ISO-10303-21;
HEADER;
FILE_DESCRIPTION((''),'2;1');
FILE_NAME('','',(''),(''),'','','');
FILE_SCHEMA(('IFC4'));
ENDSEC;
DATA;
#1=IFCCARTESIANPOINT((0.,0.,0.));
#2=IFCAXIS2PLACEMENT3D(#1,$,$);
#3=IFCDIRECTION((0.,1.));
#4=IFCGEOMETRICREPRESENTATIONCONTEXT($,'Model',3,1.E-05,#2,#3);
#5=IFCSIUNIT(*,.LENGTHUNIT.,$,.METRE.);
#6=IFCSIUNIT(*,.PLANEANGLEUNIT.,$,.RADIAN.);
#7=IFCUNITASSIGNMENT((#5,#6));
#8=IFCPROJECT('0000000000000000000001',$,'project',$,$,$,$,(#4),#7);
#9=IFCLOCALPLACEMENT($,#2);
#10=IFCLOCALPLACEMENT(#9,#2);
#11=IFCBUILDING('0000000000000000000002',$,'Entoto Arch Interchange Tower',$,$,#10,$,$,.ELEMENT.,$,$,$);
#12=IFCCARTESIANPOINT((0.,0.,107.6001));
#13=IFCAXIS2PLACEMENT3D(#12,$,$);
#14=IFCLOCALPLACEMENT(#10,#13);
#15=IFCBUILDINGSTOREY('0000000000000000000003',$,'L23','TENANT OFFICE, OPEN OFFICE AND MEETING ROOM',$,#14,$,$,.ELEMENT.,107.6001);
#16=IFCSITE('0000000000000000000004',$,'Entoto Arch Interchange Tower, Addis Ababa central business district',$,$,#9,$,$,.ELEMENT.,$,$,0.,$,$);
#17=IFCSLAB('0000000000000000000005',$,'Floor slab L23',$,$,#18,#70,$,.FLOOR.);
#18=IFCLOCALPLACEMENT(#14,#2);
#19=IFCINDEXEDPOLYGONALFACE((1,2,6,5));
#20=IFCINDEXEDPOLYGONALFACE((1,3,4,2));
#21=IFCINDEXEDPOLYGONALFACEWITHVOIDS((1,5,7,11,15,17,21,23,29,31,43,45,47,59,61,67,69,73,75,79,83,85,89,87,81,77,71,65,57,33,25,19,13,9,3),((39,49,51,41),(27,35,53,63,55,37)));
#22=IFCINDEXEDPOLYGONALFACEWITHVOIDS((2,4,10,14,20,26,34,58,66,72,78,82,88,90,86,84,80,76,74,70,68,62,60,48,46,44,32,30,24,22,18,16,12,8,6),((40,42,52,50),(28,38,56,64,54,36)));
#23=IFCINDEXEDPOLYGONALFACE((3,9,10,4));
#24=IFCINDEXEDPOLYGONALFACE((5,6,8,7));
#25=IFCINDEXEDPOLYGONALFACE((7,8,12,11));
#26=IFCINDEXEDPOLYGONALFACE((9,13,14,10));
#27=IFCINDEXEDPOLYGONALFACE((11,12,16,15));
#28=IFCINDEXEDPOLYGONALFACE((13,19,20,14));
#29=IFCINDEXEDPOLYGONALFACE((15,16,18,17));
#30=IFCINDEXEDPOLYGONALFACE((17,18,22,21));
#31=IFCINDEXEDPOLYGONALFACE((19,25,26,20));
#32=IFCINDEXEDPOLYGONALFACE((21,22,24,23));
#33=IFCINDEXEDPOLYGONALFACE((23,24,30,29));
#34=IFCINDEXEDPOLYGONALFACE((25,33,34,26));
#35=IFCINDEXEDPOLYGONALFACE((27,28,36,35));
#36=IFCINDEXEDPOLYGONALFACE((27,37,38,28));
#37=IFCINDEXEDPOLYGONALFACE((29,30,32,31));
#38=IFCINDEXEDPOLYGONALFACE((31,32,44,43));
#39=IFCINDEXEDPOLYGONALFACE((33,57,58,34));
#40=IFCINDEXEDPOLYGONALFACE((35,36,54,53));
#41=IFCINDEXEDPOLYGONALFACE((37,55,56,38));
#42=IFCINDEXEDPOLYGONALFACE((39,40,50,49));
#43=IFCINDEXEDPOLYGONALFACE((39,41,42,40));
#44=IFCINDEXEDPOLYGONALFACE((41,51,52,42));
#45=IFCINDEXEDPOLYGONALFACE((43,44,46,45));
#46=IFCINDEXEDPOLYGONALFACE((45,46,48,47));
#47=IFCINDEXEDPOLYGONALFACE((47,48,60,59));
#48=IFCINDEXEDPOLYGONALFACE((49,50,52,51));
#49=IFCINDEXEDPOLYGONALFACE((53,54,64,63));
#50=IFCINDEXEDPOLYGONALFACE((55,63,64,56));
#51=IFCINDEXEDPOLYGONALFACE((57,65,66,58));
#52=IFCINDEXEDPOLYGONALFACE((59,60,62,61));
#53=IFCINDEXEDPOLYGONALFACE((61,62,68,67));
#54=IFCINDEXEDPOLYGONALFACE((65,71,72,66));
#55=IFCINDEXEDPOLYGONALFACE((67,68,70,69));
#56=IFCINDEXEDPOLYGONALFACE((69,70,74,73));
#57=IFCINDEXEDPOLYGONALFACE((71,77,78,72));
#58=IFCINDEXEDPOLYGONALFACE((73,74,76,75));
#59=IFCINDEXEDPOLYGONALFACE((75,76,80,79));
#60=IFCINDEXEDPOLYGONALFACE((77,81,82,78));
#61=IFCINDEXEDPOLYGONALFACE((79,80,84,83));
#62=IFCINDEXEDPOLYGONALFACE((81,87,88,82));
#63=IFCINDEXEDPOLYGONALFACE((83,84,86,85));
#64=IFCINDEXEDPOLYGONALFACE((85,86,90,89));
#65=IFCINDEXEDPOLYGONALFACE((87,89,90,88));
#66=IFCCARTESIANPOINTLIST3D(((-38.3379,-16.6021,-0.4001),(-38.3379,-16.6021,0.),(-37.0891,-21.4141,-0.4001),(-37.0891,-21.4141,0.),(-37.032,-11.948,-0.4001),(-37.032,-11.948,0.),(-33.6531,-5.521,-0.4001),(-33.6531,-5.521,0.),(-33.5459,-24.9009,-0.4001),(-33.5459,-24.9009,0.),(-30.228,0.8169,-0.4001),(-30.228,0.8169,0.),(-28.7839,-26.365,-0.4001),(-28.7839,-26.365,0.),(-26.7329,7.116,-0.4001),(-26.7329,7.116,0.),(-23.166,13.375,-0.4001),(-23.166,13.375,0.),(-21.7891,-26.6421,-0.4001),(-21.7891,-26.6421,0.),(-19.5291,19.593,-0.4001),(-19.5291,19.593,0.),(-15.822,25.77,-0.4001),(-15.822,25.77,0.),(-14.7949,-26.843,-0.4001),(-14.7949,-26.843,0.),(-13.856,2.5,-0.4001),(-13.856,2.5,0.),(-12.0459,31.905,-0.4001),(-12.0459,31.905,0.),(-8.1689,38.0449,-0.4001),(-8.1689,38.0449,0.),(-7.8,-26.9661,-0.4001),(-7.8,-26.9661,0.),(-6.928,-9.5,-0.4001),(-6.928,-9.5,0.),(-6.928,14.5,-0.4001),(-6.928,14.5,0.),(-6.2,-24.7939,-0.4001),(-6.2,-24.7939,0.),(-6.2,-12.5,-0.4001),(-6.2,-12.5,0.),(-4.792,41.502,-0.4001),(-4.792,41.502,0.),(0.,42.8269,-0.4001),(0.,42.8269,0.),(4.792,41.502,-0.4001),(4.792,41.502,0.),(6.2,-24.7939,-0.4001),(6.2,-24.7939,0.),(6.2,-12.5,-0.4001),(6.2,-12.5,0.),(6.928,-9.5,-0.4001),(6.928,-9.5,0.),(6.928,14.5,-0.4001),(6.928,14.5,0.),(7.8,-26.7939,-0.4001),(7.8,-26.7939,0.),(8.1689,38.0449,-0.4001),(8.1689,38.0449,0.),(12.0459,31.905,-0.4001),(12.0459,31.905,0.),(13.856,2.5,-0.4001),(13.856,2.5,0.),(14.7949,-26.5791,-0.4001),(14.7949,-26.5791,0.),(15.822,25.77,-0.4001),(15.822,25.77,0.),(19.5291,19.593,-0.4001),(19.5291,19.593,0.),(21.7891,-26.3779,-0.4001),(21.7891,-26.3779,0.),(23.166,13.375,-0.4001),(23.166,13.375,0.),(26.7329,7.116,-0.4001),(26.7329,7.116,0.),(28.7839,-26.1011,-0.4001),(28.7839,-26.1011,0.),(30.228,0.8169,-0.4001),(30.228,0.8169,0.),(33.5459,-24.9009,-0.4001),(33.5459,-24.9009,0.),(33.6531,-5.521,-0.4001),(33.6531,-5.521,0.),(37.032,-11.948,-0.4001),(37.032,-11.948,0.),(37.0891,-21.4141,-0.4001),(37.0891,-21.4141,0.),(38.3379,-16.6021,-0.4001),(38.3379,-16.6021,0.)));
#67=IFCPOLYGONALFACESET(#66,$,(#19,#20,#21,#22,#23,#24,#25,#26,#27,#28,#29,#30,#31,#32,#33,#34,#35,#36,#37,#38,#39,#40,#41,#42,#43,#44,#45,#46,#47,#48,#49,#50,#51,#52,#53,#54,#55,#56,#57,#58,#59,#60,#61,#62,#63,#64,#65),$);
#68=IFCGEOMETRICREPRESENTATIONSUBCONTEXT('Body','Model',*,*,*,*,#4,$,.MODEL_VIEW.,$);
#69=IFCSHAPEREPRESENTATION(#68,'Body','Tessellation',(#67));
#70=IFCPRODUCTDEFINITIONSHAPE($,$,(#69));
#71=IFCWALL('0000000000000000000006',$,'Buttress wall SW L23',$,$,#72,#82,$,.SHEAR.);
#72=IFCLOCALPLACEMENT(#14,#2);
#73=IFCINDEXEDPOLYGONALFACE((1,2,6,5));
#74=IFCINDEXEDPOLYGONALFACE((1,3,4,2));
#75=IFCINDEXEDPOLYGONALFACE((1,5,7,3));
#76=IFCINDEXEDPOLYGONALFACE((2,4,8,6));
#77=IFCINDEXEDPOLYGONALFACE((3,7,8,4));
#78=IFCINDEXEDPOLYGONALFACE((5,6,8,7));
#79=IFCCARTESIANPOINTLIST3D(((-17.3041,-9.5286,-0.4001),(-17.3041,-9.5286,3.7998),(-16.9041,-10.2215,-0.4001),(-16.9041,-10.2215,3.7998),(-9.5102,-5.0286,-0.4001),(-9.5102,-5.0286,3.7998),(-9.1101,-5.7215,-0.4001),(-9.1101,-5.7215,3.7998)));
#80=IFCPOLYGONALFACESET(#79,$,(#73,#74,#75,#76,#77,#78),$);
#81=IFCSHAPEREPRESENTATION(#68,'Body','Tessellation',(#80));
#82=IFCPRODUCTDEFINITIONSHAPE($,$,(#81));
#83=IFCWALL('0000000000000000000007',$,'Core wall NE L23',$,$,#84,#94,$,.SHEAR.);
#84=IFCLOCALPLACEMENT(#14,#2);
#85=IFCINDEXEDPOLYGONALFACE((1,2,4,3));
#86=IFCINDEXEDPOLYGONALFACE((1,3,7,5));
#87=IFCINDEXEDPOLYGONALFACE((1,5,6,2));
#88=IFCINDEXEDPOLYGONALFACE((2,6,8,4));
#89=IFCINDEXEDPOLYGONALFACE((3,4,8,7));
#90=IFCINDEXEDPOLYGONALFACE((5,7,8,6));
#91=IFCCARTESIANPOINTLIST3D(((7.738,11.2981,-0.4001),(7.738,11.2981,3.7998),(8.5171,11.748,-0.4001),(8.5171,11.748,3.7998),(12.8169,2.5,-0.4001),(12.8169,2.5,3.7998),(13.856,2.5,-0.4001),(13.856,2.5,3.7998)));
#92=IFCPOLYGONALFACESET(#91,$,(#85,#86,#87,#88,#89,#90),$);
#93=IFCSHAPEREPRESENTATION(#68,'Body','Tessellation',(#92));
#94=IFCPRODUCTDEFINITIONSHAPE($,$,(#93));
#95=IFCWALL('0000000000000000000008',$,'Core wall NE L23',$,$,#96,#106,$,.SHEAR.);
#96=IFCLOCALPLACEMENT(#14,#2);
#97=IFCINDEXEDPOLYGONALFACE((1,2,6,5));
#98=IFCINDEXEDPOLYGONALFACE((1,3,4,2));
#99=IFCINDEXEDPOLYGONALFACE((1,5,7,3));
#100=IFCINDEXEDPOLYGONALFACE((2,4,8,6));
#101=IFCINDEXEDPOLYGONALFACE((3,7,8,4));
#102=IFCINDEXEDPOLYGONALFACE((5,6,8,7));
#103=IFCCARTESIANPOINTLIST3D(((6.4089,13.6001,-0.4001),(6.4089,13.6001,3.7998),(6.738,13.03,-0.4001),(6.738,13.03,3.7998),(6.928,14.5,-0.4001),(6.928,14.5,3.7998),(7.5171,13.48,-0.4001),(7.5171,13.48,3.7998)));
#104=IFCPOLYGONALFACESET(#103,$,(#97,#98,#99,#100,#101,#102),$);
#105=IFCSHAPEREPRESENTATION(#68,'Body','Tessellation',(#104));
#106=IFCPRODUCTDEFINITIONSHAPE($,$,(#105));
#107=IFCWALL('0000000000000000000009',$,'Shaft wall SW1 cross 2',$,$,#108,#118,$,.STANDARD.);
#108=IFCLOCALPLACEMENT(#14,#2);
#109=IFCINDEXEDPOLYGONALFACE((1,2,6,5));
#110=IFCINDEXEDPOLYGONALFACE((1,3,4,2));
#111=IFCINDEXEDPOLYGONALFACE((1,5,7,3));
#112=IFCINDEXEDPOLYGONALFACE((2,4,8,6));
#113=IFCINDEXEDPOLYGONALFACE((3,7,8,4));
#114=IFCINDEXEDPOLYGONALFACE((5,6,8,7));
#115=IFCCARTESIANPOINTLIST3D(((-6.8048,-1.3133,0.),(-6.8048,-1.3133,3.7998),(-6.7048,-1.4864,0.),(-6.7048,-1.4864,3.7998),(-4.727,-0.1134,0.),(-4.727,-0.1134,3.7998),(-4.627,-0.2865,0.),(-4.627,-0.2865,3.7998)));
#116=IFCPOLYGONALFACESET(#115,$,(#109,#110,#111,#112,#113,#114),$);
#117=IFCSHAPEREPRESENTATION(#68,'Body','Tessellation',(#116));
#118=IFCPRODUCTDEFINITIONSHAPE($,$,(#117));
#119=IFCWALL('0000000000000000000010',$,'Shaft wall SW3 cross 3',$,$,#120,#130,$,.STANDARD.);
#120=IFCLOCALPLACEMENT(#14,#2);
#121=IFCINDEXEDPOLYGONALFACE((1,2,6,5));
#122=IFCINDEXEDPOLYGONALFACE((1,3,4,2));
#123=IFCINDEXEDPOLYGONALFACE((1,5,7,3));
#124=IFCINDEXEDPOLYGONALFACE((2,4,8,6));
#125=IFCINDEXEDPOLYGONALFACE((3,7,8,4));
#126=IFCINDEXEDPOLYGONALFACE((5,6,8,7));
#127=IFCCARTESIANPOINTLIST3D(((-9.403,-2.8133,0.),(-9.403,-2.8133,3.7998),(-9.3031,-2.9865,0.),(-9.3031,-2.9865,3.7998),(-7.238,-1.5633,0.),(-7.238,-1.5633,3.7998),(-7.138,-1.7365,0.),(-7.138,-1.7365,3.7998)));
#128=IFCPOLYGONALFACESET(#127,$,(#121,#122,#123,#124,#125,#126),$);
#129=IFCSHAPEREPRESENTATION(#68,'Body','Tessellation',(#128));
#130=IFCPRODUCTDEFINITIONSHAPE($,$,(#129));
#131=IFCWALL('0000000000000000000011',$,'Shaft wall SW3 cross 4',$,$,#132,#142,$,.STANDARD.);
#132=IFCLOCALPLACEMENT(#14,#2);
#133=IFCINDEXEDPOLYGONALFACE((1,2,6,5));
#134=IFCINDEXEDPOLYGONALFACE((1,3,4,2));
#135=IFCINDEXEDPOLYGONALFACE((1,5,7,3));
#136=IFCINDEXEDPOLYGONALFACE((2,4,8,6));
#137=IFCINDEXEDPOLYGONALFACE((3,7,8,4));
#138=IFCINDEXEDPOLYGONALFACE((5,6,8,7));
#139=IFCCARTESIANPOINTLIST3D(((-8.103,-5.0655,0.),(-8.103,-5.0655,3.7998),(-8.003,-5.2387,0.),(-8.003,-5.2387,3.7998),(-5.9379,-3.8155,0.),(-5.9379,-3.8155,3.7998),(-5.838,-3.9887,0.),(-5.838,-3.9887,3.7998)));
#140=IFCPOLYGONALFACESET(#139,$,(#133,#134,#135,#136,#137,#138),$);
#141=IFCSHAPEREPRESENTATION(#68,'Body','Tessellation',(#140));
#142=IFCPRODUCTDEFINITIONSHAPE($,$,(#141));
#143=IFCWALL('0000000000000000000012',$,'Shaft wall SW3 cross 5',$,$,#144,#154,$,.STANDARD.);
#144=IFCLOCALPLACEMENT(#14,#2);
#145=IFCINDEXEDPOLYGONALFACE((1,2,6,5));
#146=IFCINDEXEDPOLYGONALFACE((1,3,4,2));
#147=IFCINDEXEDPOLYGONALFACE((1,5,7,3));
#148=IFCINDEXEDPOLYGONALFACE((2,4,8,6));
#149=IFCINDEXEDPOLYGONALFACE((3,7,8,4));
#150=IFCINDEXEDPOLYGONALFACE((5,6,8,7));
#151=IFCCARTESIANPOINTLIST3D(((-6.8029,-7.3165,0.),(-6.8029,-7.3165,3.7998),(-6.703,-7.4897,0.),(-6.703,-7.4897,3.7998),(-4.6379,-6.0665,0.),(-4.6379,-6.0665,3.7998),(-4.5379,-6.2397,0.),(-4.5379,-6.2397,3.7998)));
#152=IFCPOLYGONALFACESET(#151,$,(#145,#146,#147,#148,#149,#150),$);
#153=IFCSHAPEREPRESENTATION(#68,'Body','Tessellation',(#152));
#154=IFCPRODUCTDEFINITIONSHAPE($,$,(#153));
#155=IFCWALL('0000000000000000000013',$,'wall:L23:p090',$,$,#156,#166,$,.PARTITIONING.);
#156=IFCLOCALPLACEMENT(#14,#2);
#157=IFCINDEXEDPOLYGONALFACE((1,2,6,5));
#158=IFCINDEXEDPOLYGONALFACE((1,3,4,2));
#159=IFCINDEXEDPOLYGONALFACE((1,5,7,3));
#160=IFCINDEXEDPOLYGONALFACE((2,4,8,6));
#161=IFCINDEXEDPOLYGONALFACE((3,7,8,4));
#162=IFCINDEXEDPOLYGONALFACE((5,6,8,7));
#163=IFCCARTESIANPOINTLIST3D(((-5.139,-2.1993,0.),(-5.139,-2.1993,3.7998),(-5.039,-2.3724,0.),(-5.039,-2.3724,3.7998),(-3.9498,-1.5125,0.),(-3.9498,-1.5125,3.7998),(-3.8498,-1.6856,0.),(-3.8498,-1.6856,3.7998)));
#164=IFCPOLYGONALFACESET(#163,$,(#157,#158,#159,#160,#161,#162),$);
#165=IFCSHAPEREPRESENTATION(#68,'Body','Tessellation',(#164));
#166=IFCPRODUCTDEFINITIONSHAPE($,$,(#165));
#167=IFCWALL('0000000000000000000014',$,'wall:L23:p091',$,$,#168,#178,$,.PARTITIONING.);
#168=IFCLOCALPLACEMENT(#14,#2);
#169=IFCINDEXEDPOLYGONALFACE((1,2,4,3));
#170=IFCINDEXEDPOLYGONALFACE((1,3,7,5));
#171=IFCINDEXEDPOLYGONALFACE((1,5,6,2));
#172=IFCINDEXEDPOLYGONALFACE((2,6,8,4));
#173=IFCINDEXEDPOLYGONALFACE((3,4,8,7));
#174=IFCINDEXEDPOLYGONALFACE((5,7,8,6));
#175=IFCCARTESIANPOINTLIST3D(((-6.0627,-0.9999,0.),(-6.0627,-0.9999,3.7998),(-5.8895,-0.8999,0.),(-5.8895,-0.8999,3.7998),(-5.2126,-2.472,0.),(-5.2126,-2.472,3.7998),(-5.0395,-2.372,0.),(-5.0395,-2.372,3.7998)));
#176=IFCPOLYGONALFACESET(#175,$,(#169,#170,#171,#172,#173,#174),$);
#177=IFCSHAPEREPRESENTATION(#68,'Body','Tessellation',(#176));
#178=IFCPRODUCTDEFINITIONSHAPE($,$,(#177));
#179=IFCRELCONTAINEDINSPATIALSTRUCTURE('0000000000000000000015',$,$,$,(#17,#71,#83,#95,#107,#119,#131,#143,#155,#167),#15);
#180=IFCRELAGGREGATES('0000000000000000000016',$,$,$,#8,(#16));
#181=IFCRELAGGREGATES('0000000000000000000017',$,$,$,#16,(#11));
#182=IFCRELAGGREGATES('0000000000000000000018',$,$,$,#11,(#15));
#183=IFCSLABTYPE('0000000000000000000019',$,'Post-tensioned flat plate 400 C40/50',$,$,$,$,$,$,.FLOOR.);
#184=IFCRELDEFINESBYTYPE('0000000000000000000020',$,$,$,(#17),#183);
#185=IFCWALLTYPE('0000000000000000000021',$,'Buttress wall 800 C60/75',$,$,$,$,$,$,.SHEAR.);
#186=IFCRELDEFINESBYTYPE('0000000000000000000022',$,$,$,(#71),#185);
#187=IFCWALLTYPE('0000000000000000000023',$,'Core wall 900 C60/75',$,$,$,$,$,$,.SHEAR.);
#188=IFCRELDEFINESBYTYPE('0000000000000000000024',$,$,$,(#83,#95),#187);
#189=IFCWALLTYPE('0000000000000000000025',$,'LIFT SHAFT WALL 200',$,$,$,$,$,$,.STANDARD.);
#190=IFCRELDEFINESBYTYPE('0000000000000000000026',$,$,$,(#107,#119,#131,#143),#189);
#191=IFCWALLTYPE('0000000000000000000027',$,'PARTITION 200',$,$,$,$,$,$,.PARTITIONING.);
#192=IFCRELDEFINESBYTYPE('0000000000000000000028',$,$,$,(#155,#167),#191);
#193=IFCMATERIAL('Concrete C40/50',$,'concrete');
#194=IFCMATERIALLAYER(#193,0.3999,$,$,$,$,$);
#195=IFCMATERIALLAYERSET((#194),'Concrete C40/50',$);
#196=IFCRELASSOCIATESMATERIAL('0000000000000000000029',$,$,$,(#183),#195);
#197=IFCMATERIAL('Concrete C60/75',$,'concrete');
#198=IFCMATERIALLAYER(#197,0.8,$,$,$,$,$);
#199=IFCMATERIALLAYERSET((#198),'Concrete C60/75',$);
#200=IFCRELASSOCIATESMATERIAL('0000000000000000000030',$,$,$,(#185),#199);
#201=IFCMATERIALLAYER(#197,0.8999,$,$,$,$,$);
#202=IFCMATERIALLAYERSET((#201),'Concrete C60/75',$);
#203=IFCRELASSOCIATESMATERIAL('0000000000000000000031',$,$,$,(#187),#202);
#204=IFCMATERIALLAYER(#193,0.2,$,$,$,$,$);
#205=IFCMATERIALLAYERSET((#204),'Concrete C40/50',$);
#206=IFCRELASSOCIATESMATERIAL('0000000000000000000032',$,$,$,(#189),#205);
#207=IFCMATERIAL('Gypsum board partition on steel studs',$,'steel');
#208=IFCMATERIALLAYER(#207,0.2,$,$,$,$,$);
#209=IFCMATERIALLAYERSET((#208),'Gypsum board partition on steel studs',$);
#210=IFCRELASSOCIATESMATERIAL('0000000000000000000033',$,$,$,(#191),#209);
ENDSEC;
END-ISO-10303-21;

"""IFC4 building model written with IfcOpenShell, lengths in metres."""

from ifc_helpers import new_model, si_unit, direction, frame, frame_2d, origin, place, context, subcontext, project, spatial, polyline, rectangle, outline, extrude, material, layer, layer_set, type_object, element, save


model = new_model("IFC4")

# Units and contexts
model_context = context("Model", 3, precision=1e-05, world=origin(), true_north=direction((0.0, 1.0)))
body_context = subcontext(model_context, "Body", "Model", "MODEL_VIEW")
ifc_project = project(units=[si_unit("LENGTHUNIT", "METRE"), si_unit("PLANEANGLEUNIT", "RADIAN")], contexts=[model_context])

# Site, building, storey
site_placement = place(None, origin())
site = spatial("IfcSite", under=ifc_project, at=site_placement, Name="Entoto Arch Interchange Tower, Addis Ababa central business district", CompositionType="ELEMENT", RefElevation=0.0)
building_placement = place(site_placement, origin())
building = spatial("IfcBuilding", under=site, at=building_placement, Name="Entoto Arch Interchange Tower", CompositionType="ELEMENT")
storey_placement = place(building_placement, frame((0.0, 0.0, 107.6001)))
storey = spatial("IfcBuildingStorey", under=building, at=storey_placement, Name="L23", Description="TENANT OFFICE, OPEN OFFICE AND MEETING ROOM", CompositionType="ELEMENT", Elevation=107.6001)

# Slab
ifc_material_1 = material(Name="Concrete C40/50", Category="concrete")
ifc_layer_1 = layer(ifc_material_1, 0.3999)
ifc_layer_set_1 = layer_set([ifc_layer_1], Name="Concrete C40/50")
slab_type = type_object("IfcSlabType", Name="Post-tensioned flat plate 400 C40/50", PredefinedType="FLOOR", material=ifc_layer_set_1)
slab_placement = place(storey_placement, frame((0.0, 0.0, -0.4001)))
element("IfcSlab", 1, at=slab_placement, inside=storey, type_object=slab_type, Name="Floor slab L23", PredefinedType="FLOOR", context=body_context, shape_type="SweptSolid", body=[
    extrude(outline(polyline([(-28.7839, -26.365), (-21.7891, -26.6421), (-14.7949, -26.843), (-7.8, -26.9661), (7.8, -26.7939), (14.7949, -26.5791), (21.7891, -26.3779), (28.7839, -26.1011), (33.5459, -24.9009), (37.0891, -21.4141), (38.3379, -16.6021), (37.032, -11.948), (33.6531, -5.521), (30.228, 0.8169), (26.7329, 7.116), (23.166, 13.375), (19.5291, 19.593), (15.822, 25.77), (12.0459, 31.905), (8.1689, 38.0449), (4.792, 41.502), (0.0, 42.8269), (-4.792, 41.502), (-8.1689, 38.0449), (-12.0459, 31.905), (-15.822, 25.77), (-19.5291, 19.593), (-23.166, 13.375), (-26.7329, 7.116), (-30.228, 0.8169), (-33.6531, -5.521), (-37.032, -11.948), (-38.3379, -16.6021), (-37.0891, -21.4141), (-33.5459, -24.9009), (-28.7839, -26.365)]), holes=[polyline([(6.2, -24.7939), (6.2, -12.5), (-6.2, -12.5), (-6.2, -24.7939), (6.2, -24.7939)]), polyline([(13.856, 2.5), (6.928, 14.5), (-6.928, 14.5), (-13.856, 2.5), (-6.928, -9.5), (6.928, -9.5), (13.856, 2.5)])]), origin(), (0.0, 0.0, 1.0), 0.4001),
])

# Walls
ifc_material_2 = material(Name="Concrete C60/75", Category="concrete")
ifc_layer_2 = layer(ifc_material_2, 0.8)
ifc_layer_set_2 = layer_set([ifc_layer_2], Name="Concrete C60/75")
wall_type_1 = type_object("IfcWallType", Name="Buttress wall 800 C60/75", PredefinedType="SHEAR", material=ifc_layer_set_2)
wall_1_placement = place(storey_placement, frame((-9.3101, -5.375, -0.4001), z_axis=(0.0, 0.0, 1.0), x_axis=(-0.866018, -0.500014, 0.0)))
element("IfcWall", 2, at=wall_1_placement, inside=storey, type_object=wall_type_1, Name="Buttress wall SW L23", PredefinedType="SHEAR", context=body_context, shape_type="SweptSolid", body=[
    extrude(rectangle(XDim=8.9998, YDim=0.8, at=frame_2d((4.5, 0.0))), origin(), (0.0, 0.0, 1.0), 4.2),
])
ifc_layer_3 = layer(ifc_material_2, 0.8999)
ifc_layer_set_3 = layer_set([ifc_layer_3], Name="Concrete C60/75")
wall_type_2 = type_object("IfcWallType", Name="Core wall 900 C60/75", PredefinedType="SHEAR", material=ifc_layer_set_3)
wall_2_placement = place(storey_placement, frame((0.0, 0.0, -0.4001)))
element("IfcWall", 3, at=wall_2_placement, inside=storey, type_object=wall_type_2, Name="Core wall NE L23", PredefinedType="SHEAR", context=body_context, shape_type="SweptSolid", body=[
    extrude(outline(polyline([(8.5171, 11.748), (7.738, 11.2981), (12.8169, 2.5), (13.856, 2.5), (8.5171, 11.748)])), origin(), (0.0, 0.0, 1.0), 4.2),
])
wall_3_placement = place(storey_placement, frame((0.0, 0.0, -0.4001)))
element("IfcWall", 4, at=wall_3_placement, inside=storey, type_object=wall_type_2, Name="Core wall NE L23", PredefinedType="SHEAR", context=body_context, shape_type="SweptSolid", body=[
    extrude(outline(polyline([(6.738, 13.03), (7.5171, 13.48), (6.928, 14.5), (6.4089, 13.6001), (6.738, 13.03)])), origin(), (0.0, 0.0, 1.0), 4.2),
])
ifc_layer_4 = layer(ifc_material_1, 0.2)
ifc_layer_set_4 = layer_set([ifc_layer_4], Name="Concrete C40/50")
wall_type_3 = type_object("IfcWallType", Name="LIFT SHAFT WALL 200", PredefinedType="STANDARD", material=ifc_layer_set_4)
wall_4_placement = place(storey_placement, frame((-4.677, -0.2, 0.0), z_axis=(0.0, 0.0, 1.0), x_axis=(-0.865974, -0.500089, 0.0)))
element("IfcWall", 5, at=wall_4_placement, inside=storey, type_object=wall_type_3, Name="Shaft wall SW1 cross 2", PredefinedType="STANDARD", context=body_context, shape_type="SweptSolid", body=[
    extrude(rectangle(XDim=2.3994, YDim=0.2, at=frame_2d((1.1997, 0.0))), origin(), (0.0, 0.0, 1.0), 3.7998),
])
for number, where, z_axis, x_axis, name in (
    (6, (-7.188, -1.6499, 0.0), (0.0, 0.0, 1.0), (-0.866023, -0.500004, 0.0), "Shaft wall SW3 cross 3"),
    (7, (-5.8879, -3.9021, 0.0), (0.0, 0.0, 1.0), (-0.866023, -0.500004, 0.0), "Shaft wall SW3 cross 4"),
    (8, (-4.5879, -6.1531, 0.0), (0.0, 0.0, 1.0), (-0.866023, -0.500004, 0.0), "Shaft wall SW3 cross 5"),
):
    element("IfcWall", number, at=place(storey_placement, frame(where, z_axis=z_axis, x_axis=x_axis)), inside=storey, type_object=wall_type_3, Name=name, PredefinedType="STANDARD", context=body_context, shape_type="SweptSolid", body=[
        extrude(rectangle(XDim=2.5, YDim=0.2, at=frame_2d((1.25, 0.0))), origin(), (0.0, 0.0, 1.0), 3.7998),
    ])
ifc_material_3 = material(Name="Gypsum board partition on steel studs", Category="steel")
ifc_layer_5 = layer(ifc_material_3, 0.2)
ifc_layer_set_5 = layer_set([ifc_layer_5], Name="Gypsum board partition on steel studs")
wall_type_4 = type_object("IfcWallType", Name="PARTITION 200", PredefinedType="PARTITIONING", material=ifc_layer_set_5)
wall_5_placement = place(storey_placement, frame((-3.8999, -1.5991, 0.0), z_axis=(0.0, 0.0, 1.0), x_axis=(-0.865969, -0.500097, 0.0)))
element("IfcWall", 9, at=wall_5_placement, inside=storey, type_object=wall_type_4, Name="wall:L23:p090", PredefinedType="PARTITIONING", context=body_context, shape_type="SweptSolid", body=[
    extrude(rectangle(XDim=1.3733, YDim=0.2, at=frame_2d((0.6865, 0.0))), origin(), (0.0, 0.0, 1.0), 3.7998),
])
wall_6_placement = place(storey_placement, frame((-5.126, -2.4221, 0.0), z_axis=(0.0, 0.0, 1.0), x_axis=(-0.500062, 0.865989, 0.0)))
element("IfcWall", 10, at=wall_6_placement, inside=storey, type_object=wall_type_4, Name="wall:L23:p091", PredefinedType="PARTITIONING", context=body_context, shape_type="SweptSolid", body=[
    extrude(rectangle(XDim=1.7, YDim=0.2, at=frame_2d((0.8501, 0.0))), origin(), (0.0, 0.0, 1.0), 3.7998),
])

save(model, "model.ifc")
